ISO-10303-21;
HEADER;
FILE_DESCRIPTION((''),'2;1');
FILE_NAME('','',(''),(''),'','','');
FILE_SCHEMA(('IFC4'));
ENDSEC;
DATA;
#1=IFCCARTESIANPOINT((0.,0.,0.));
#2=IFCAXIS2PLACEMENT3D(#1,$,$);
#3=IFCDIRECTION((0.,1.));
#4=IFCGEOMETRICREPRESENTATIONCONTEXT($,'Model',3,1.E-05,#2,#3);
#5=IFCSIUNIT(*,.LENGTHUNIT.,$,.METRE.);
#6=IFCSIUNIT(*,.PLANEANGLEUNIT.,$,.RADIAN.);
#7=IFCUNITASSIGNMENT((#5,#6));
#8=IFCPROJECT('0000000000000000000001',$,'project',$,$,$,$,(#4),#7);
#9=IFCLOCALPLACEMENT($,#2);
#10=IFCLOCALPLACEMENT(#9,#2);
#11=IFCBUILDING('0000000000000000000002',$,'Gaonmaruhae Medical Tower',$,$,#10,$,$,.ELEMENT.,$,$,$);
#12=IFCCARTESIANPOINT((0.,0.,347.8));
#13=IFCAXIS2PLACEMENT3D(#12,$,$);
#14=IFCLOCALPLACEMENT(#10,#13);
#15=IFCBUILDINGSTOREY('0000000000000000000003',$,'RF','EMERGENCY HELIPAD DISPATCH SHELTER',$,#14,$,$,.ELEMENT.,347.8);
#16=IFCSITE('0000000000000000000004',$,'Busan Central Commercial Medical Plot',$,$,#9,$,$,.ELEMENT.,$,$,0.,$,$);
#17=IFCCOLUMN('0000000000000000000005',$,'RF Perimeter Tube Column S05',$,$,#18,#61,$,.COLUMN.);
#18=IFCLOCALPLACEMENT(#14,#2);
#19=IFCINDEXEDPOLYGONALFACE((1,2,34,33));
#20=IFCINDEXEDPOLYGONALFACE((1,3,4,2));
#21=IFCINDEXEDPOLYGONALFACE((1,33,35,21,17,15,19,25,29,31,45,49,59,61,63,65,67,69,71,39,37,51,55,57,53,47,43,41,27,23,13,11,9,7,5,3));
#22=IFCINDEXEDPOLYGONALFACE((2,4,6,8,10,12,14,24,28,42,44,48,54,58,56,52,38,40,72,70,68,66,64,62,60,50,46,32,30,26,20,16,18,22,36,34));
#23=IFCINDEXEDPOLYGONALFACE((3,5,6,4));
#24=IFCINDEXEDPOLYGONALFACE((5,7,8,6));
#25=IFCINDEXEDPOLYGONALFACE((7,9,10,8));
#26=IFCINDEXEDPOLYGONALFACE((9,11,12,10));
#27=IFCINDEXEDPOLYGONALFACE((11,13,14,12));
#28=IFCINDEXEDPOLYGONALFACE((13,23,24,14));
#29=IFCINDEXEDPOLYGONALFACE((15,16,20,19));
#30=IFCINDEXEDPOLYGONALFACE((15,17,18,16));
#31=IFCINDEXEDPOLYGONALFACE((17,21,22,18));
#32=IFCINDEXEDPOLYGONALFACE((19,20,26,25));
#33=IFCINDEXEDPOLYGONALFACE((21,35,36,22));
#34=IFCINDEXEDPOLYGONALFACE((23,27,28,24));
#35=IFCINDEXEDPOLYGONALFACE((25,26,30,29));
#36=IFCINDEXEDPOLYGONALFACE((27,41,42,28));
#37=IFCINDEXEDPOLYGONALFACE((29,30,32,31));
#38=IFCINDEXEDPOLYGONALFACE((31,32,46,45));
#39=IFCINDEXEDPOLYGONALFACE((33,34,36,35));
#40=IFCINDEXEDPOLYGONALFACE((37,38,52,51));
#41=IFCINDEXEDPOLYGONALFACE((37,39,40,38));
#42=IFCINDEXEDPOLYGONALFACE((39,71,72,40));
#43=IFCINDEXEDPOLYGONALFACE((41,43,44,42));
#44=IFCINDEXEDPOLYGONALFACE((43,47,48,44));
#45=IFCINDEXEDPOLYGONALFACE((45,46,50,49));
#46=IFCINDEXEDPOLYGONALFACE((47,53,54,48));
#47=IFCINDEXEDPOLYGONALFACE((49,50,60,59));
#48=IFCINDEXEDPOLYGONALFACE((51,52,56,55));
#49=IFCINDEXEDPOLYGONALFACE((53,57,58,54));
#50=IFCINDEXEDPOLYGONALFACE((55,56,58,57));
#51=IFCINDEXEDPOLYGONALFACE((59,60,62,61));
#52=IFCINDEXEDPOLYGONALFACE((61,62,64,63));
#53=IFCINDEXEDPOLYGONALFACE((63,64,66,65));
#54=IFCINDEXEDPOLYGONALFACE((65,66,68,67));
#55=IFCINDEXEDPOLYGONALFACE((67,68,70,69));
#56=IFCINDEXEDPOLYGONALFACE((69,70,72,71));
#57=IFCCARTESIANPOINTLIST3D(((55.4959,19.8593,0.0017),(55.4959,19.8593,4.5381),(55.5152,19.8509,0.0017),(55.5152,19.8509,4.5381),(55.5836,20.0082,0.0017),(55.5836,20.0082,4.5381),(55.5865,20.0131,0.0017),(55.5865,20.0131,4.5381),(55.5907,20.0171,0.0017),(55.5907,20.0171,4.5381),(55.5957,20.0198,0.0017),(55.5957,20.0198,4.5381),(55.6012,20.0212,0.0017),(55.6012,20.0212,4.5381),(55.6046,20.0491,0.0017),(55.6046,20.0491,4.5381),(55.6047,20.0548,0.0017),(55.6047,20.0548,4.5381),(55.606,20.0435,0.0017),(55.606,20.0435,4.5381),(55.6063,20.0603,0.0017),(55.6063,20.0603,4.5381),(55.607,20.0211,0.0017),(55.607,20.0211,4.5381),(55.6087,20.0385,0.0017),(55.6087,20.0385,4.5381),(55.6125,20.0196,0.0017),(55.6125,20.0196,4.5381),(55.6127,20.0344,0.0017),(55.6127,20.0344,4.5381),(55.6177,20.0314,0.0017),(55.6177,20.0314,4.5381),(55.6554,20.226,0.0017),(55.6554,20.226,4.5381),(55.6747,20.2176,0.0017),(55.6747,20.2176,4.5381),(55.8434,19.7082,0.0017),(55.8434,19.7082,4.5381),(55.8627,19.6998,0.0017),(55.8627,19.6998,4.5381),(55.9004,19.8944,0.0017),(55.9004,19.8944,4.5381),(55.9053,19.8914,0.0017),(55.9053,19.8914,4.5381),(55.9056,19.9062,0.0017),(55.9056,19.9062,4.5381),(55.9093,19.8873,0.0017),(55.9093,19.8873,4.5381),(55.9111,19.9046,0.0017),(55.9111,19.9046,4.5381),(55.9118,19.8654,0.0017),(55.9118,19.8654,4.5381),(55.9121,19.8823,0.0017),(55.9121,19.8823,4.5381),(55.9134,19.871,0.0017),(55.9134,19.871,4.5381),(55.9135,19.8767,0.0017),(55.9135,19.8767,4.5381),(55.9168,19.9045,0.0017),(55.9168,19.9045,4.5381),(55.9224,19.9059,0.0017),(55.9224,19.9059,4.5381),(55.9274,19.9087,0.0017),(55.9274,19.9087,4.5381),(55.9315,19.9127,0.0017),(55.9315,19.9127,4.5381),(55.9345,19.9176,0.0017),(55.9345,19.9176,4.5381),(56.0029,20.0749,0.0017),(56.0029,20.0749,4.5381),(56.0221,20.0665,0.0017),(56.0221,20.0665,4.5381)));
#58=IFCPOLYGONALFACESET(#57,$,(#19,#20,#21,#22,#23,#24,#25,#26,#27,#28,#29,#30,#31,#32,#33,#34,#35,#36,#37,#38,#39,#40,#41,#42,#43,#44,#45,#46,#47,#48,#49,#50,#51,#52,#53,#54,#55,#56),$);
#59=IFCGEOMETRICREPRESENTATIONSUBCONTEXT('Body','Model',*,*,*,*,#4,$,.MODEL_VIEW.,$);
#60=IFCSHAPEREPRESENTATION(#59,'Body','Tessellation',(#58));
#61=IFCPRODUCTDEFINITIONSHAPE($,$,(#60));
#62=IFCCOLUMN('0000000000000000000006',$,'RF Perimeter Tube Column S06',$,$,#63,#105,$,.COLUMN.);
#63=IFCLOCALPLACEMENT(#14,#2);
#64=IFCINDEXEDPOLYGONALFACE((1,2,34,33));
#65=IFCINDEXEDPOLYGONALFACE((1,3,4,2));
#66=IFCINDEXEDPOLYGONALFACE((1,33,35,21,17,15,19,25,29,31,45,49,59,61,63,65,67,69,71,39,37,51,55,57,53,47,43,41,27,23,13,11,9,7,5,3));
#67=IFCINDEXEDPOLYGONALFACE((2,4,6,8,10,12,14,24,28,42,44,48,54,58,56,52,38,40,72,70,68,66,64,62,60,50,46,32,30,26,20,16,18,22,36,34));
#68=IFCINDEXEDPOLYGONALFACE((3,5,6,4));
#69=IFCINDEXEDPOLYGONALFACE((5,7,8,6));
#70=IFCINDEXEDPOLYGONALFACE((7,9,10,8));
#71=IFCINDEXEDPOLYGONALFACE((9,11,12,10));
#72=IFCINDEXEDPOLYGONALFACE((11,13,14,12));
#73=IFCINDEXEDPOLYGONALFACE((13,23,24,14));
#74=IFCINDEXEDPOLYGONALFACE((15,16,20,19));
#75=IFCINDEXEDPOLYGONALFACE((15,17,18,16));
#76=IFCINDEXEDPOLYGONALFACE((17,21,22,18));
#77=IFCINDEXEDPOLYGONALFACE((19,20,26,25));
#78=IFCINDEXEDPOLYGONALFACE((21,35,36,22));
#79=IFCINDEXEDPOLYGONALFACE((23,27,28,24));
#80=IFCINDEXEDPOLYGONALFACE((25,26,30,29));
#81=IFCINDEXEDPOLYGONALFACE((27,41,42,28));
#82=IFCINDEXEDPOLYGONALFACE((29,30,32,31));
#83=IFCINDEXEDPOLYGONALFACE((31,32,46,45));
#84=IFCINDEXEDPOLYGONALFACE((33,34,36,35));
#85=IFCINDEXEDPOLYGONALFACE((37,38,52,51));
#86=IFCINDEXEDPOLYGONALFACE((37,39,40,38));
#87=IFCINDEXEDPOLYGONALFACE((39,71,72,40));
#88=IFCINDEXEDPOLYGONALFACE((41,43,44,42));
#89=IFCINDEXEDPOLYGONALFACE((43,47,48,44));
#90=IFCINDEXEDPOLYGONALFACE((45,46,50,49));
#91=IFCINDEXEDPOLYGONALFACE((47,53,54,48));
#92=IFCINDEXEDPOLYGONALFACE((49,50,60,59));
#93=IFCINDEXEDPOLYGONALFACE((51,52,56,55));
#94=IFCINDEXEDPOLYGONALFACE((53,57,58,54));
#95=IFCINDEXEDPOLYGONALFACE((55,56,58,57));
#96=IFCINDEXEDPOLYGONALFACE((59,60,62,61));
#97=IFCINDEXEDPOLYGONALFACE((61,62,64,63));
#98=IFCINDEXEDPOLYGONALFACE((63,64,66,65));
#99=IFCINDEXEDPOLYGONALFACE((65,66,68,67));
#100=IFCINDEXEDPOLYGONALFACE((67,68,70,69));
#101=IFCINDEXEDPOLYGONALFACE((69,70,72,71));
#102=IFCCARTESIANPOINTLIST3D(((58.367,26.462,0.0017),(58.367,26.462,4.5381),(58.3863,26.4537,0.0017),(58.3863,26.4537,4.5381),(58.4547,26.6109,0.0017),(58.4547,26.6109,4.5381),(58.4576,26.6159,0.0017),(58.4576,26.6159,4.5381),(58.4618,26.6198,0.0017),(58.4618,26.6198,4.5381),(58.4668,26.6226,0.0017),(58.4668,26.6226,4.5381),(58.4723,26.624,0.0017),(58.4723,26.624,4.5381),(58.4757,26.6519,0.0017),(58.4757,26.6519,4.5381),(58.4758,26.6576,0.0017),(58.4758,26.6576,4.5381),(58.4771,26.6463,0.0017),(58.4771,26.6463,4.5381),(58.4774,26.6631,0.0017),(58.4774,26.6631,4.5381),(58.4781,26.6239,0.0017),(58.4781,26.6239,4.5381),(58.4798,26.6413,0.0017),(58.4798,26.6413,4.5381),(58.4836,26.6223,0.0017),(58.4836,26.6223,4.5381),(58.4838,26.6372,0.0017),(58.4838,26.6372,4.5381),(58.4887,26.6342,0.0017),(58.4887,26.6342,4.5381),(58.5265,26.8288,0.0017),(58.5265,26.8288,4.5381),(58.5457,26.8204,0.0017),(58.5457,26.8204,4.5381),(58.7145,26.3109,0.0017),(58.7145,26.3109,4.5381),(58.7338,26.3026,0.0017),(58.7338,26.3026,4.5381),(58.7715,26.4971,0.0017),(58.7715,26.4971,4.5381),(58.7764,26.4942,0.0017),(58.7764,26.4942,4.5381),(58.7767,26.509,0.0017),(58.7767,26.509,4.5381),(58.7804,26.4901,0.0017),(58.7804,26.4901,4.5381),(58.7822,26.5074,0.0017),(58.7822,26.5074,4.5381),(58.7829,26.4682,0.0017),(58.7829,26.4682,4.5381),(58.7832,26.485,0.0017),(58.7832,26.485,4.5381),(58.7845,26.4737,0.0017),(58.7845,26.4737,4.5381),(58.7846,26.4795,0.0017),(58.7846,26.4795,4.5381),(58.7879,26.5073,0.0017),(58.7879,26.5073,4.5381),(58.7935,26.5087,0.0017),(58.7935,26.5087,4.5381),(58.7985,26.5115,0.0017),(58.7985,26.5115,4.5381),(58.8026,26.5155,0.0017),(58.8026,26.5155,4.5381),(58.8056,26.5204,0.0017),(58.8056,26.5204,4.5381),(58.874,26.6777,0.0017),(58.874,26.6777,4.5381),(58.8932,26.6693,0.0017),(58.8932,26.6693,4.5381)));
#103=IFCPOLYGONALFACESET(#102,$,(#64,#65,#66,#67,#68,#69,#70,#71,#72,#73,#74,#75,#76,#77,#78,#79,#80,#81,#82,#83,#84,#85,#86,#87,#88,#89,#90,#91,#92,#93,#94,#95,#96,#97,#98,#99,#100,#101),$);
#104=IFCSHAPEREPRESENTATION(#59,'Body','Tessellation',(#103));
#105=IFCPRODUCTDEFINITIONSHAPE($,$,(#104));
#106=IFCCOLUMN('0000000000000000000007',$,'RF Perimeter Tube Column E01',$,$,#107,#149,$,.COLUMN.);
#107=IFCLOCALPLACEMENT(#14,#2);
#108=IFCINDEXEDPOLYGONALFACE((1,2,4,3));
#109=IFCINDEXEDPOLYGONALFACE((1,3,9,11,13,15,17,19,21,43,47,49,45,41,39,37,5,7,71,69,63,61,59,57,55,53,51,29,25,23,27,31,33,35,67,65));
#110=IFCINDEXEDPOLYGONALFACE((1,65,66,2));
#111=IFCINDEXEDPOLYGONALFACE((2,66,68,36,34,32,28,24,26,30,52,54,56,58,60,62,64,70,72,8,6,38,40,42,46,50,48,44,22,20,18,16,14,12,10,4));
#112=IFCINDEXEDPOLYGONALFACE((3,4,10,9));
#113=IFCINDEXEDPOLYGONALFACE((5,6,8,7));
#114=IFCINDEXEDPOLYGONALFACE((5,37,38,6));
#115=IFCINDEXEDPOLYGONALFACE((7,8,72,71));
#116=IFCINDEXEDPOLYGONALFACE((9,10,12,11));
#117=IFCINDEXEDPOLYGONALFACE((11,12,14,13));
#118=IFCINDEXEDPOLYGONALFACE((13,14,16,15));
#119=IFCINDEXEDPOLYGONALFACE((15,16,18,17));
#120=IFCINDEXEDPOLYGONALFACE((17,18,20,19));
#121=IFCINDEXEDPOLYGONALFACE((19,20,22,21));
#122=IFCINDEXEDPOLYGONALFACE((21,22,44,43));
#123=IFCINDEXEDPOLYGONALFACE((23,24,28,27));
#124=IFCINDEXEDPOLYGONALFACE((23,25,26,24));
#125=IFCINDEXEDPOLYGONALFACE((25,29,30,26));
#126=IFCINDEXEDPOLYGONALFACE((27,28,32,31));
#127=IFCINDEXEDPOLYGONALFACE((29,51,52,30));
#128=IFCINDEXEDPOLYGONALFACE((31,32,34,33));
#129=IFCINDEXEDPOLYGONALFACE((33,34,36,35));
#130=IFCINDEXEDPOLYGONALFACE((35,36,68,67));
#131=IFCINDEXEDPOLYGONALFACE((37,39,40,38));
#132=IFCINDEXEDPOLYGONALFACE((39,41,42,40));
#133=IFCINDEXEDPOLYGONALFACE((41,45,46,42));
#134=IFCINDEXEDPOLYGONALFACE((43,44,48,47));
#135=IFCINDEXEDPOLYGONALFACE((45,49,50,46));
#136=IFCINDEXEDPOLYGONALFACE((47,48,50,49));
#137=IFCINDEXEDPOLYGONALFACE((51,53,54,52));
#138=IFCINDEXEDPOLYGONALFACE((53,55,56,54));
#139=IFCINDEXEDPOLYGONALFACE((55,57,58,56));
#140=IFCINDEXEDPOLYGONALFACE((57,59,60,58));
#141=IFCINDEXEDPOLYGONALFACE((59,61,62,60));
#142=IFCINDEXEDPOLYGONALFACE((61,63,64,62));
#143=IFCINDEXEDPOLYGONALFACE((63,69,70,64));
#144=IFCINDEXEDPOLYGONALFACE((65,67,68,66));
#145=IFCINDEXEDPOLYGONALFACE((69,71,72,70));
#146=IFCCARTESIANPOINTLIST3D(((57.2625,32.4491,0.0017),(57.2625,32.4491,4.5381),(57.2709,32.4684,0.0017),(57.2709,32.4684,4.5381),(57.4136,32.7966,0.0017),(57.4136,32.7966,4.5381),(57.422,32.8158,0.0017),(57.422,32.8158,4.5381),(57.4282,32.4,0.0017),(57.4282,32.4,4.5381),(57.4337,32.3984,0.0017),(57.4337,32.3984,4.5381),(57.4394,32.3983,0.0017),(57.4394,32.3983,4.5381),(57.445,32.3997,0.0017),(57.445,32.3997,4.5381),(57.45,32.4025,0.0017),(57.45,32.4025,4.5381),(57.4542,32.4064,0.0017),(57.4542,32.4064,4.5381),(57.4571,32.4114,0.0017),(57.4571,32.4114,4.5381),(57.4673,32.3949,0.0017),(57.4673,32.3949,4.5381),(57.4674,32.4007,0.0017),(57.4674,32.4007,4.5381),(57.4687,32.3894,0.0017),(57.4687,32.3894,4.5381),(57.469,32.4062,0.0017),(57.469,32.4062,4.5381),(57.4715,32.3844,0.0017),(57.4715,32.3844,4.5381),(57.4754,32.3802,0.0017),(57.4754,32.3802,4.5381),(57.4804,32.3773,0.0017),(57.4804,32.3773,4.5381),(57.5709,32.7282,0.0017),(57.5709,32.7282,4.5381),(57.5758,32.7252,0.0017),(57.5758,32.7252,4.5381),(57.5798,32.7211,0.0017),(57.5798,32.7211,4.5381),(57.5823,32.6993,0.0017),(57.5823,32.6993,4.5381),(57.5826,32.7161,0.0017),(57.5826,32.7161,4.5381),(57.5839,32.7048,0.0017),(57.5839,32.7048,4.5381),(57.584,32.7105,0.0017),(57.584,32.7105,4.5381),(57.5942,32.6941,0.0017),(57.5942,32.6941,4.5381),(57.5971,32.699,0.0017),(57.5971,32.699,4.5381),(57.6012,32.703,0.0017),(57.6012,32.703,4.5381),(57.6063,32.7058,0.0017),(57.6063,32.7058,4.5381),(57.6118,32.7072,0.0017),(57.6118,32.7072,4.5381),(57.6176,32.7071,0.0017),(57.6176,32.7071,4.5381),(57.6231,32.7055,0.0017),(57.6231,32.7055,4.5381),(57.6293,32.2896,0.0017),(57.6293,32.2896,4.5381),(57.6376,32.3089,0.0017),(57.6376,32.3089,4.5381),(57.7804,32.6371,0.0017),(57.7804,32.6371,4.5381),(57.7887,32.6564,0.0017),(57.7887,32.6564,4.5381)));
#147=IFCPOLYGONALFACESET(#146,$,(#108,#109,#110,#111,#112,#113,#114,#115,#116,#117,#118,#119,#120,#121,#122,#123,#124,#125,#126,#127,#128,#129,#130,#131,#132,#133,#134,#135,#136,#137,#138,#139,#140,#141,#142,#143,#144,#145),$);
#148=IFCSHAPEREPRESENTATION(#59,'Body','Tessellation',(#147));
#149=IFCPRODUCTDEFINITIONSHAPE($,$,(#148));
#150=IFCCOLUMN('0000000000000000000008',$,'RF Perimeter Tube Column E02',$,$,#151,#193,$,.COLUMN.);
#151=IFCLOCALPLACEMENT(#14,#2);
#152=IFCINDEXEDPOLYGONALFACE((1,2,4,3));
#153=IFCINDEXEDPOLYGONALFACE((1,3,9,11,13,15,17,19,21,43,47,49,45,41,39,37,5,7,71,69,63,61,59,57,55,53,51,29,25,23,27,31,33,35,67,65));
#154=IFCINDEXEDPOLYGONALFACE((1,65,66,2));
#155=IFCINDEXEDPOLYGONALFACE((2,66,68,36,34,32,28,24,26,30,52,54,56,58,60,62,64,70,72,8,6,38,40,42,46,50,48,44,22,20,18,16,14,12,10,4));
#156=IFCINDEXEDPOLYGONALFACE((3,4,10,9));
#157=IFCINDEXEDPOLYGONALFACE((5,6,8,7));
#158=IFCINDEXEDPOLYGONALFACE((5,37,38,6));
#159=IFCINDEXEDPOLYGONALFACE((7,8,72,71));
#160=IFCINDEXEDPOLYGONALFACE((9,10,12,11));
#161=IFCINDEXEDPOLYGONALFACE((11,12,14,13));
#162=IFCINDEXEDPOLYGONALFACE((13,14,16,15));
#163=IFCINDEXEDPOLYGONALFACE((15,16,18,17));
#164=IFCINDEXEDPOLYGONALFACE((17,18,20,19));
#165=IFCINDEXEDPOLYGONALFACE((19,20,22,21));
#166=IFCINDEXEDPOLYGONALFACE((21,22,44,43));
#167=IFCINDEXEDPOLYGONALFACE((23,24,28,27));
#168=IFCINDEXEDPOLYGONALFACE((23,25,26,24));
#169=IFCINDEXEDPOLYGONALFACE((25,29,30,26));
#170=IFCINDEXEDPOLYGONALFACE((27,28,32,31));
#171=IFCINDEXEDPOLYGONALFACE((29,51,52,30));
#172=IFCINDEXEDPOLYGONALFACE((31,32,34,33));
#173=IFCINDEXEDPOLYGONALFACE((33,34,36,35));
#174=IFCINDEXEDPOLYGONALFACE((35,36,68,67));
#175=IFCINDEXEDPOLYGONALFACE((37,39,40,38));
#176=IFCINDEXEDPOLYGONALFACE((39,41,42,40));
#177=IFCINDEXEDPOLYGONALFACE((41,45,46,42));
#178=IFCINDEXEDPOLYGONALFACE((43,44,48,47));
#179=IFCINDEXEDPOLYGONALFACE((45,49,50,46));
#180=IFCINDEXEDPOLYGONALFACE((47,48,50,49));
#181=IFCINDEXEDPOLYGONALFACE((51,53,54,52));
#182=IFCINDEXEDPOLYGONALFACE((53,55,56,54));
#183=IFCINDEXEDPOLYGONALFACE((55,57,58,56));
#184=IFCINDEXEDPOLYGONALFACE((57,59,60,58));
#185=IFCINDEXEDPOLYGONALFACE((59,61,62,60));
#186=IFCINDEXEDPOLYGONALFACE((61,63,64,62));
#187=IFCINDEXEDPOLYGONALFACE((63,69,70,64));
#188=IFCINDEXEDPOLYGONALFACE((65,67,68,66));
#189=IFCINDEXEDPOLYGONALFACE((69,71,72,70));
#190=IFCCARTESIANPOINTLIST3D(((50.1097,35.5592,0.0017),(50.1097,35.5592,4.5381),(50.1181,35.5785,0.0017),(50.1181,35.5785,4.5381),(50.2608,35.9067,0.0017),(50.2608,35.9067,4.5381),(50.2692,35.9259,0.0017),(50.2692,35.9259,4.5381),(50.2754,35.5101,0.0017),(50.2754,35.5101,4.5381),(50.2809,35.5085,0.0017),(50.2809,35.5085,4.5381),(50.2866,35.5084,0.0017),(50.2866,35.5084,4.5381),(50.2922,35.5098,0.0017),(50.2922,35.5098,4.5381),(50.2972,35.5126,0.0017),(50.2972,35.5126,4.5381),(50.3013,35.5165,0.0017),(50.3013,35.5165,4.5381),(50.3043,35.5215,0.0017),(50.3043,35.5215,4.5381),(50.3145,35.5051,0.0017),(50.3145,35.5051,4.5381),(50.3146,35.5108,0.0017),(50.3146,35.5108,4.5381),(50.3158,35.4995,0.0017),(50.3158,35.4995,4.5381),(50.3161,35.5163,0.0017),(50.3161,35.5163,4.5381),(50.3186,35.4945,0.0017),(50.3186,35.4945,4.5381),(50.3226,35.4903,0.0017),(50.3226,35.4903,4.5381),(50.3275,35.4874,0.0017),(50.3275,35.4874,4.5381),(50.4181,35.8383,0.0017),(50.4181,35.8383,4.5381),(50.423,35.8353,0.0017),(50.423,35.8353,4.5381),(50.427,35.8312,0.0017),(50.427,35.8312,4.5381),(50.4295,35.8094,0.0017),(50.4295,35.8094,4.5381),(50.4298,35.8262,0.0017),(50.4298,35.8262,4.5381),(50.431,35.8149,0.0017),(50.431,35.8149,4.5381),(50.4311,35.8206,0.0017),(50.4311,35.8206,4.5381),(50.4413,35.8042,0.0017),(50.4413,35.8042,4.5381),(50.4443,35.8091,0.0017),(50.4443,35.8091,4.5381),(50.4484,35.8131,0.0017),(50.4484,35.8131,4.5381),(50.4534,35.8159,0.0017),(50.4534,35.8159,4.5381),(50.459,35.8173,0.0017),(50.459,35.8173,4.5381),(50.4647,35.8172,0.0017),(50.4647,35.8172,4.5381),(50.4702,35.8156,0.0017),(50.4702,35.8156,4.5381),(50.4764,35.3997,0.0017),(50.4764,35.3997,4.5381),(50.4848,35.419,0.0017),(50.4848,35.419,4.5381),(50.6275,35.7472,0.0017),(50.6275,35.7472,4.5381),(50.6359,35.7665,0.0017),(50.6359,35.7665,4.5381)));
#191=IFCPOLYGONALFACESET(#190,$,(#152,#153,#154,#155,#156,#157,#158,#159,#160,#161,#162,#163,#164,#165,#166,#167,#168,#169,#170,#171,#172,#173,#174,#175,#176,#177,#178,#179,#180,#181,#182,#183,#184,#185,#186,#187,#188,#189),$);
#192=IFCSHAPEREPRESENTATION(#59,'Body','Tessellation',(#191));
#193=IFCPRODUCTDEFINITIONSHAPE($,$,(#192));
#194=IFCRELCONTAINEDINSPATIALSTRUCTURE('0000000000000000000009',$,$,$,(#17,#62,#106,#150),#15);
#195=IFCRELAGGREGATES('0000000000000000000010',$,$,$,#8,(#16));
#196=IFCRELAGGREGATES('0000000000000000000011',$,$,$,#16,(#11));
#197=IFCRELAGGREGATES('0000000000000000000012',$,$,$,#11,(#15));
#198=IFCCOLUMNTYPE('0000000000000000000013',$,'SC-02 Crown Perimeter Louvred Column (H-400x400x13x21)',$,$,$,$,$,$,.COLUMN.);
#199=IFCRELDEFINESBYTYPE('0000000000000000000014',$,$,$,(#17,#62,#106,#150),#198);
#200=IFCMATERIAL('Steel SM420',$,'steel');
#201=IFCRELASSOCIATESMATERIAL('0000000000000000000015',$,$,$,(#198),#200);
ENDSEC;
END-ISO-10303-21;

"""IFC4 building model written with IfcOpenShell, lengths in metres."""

from ifc_helpers import new_model, si_unit, direction, frame, origin, origin_2d, place, context, subcontext, project, spatial, i_section, extrude, material, material_profile, profile_set, type_object, element, save


model = new_model("IFC4")

# Units and contexts
model_context = context("Model", 3, precision=1e-05, world=origin(), true_north=direction((0.0, 1.0)))
body_context = subcontext(model_context, "Body", "Model", "MODEL_VIEW")
ifc_project = project(units=[si_unit("LENGTHUNIT", "METRE"), si_unit("PLANEANGLEUNIT", "RADIAN")], contexts=[model_context])

# Site, building, storey
site_placement = place(None, origin())
site = spatial("IfcSite", under=ifc_project, at=site_placement, Name="Busan Central Commercial Medical Plot", CompositionType="ELEMENT", RefElevation=0.0)
building_placement = place(site_placement, origin())
building = spatial("IfcBuilding", under=site, at=building_placement, Name="Gaonmaruhae Medical Tower", CompositionType="ELEMENT")
storey_placement = place(building_placement, frame((0.0, 0.0, 347.8)))
storey = spatial("IfcBuildingStorey", under=building, at=storey_placement, Name="RF", Description="EMERGENCY HELIPAD DISPATCH SHELTER", CompositionType="ELEMENT", Elevation=347.8)

# Columns
ifc_material_1 = material(Name="Steel SM420", Category="steel")
ifc_material_profile_1 = material_profile(ifc_material_1, i_section(OverallWidth=0.3999, OverallDepth=0.3999, WebThickness=0.0129, FlangeThickness=0.021, FilletRadius=0.022, at=origin_2d()), Name="H-400x400x13x21")
ifc_profile_set_1 = profile_set([ifc_material_profile_1], Name="Steel SM420")
column_type = type_object("IfcColumnType", Name="SC-02 Crown Perimeter Louvred Column (H-400x400x13x21)", PredefinedType="COLUMN", material=ifc_profile_set_1)
for number, where, z_axis, x_axis, name in (
    (1, (55.759, 19.9629, 0.0017), (0.0, 0.0, 1.0), (0.398749, 0.91706, 0.0), "RF Perimeter Tube Column S05"),
    (2, (58.6301, 26.5657, 0.0017), (0.0, 0.0, 1.0), (0.398749, 0.91706, 0.0), "RF Perimeter Tube Column S06"),
    (3, (57.5256, 32.5527, 0.0017), (0.0, 0.0, 1.0), (-0.91706, 0.398749, 0.0), "RF Perimeter Tube Column E01"),
    (4, (50.3728, 35.6628, 0.0017), (0.0, 0.0, 1.0), (-0.91706, 0.398749, 0.0), "RF Perimeter Tube Column E02"),
):
    element("IfcColumn", number, at=place(storey_placement, frame(where, z_axis=z_axis, x_axis=x_axis)), inside=storey, type_object=column_type, Name=name, PredefinedType="COLUMN", context=body_context, shape_type="SweptSolid", body=[
        extrude(i_section(OverallWidth=0.3999, OverallDepth=0.3999, WebThickness=0.0129, FlangeThickness=0.021, FilletRadius=0.022, at=origin_2d()), origin(), (0.0, 0.0, 1.0), 4.5364),
    ])

save(model, "model.ifc")
